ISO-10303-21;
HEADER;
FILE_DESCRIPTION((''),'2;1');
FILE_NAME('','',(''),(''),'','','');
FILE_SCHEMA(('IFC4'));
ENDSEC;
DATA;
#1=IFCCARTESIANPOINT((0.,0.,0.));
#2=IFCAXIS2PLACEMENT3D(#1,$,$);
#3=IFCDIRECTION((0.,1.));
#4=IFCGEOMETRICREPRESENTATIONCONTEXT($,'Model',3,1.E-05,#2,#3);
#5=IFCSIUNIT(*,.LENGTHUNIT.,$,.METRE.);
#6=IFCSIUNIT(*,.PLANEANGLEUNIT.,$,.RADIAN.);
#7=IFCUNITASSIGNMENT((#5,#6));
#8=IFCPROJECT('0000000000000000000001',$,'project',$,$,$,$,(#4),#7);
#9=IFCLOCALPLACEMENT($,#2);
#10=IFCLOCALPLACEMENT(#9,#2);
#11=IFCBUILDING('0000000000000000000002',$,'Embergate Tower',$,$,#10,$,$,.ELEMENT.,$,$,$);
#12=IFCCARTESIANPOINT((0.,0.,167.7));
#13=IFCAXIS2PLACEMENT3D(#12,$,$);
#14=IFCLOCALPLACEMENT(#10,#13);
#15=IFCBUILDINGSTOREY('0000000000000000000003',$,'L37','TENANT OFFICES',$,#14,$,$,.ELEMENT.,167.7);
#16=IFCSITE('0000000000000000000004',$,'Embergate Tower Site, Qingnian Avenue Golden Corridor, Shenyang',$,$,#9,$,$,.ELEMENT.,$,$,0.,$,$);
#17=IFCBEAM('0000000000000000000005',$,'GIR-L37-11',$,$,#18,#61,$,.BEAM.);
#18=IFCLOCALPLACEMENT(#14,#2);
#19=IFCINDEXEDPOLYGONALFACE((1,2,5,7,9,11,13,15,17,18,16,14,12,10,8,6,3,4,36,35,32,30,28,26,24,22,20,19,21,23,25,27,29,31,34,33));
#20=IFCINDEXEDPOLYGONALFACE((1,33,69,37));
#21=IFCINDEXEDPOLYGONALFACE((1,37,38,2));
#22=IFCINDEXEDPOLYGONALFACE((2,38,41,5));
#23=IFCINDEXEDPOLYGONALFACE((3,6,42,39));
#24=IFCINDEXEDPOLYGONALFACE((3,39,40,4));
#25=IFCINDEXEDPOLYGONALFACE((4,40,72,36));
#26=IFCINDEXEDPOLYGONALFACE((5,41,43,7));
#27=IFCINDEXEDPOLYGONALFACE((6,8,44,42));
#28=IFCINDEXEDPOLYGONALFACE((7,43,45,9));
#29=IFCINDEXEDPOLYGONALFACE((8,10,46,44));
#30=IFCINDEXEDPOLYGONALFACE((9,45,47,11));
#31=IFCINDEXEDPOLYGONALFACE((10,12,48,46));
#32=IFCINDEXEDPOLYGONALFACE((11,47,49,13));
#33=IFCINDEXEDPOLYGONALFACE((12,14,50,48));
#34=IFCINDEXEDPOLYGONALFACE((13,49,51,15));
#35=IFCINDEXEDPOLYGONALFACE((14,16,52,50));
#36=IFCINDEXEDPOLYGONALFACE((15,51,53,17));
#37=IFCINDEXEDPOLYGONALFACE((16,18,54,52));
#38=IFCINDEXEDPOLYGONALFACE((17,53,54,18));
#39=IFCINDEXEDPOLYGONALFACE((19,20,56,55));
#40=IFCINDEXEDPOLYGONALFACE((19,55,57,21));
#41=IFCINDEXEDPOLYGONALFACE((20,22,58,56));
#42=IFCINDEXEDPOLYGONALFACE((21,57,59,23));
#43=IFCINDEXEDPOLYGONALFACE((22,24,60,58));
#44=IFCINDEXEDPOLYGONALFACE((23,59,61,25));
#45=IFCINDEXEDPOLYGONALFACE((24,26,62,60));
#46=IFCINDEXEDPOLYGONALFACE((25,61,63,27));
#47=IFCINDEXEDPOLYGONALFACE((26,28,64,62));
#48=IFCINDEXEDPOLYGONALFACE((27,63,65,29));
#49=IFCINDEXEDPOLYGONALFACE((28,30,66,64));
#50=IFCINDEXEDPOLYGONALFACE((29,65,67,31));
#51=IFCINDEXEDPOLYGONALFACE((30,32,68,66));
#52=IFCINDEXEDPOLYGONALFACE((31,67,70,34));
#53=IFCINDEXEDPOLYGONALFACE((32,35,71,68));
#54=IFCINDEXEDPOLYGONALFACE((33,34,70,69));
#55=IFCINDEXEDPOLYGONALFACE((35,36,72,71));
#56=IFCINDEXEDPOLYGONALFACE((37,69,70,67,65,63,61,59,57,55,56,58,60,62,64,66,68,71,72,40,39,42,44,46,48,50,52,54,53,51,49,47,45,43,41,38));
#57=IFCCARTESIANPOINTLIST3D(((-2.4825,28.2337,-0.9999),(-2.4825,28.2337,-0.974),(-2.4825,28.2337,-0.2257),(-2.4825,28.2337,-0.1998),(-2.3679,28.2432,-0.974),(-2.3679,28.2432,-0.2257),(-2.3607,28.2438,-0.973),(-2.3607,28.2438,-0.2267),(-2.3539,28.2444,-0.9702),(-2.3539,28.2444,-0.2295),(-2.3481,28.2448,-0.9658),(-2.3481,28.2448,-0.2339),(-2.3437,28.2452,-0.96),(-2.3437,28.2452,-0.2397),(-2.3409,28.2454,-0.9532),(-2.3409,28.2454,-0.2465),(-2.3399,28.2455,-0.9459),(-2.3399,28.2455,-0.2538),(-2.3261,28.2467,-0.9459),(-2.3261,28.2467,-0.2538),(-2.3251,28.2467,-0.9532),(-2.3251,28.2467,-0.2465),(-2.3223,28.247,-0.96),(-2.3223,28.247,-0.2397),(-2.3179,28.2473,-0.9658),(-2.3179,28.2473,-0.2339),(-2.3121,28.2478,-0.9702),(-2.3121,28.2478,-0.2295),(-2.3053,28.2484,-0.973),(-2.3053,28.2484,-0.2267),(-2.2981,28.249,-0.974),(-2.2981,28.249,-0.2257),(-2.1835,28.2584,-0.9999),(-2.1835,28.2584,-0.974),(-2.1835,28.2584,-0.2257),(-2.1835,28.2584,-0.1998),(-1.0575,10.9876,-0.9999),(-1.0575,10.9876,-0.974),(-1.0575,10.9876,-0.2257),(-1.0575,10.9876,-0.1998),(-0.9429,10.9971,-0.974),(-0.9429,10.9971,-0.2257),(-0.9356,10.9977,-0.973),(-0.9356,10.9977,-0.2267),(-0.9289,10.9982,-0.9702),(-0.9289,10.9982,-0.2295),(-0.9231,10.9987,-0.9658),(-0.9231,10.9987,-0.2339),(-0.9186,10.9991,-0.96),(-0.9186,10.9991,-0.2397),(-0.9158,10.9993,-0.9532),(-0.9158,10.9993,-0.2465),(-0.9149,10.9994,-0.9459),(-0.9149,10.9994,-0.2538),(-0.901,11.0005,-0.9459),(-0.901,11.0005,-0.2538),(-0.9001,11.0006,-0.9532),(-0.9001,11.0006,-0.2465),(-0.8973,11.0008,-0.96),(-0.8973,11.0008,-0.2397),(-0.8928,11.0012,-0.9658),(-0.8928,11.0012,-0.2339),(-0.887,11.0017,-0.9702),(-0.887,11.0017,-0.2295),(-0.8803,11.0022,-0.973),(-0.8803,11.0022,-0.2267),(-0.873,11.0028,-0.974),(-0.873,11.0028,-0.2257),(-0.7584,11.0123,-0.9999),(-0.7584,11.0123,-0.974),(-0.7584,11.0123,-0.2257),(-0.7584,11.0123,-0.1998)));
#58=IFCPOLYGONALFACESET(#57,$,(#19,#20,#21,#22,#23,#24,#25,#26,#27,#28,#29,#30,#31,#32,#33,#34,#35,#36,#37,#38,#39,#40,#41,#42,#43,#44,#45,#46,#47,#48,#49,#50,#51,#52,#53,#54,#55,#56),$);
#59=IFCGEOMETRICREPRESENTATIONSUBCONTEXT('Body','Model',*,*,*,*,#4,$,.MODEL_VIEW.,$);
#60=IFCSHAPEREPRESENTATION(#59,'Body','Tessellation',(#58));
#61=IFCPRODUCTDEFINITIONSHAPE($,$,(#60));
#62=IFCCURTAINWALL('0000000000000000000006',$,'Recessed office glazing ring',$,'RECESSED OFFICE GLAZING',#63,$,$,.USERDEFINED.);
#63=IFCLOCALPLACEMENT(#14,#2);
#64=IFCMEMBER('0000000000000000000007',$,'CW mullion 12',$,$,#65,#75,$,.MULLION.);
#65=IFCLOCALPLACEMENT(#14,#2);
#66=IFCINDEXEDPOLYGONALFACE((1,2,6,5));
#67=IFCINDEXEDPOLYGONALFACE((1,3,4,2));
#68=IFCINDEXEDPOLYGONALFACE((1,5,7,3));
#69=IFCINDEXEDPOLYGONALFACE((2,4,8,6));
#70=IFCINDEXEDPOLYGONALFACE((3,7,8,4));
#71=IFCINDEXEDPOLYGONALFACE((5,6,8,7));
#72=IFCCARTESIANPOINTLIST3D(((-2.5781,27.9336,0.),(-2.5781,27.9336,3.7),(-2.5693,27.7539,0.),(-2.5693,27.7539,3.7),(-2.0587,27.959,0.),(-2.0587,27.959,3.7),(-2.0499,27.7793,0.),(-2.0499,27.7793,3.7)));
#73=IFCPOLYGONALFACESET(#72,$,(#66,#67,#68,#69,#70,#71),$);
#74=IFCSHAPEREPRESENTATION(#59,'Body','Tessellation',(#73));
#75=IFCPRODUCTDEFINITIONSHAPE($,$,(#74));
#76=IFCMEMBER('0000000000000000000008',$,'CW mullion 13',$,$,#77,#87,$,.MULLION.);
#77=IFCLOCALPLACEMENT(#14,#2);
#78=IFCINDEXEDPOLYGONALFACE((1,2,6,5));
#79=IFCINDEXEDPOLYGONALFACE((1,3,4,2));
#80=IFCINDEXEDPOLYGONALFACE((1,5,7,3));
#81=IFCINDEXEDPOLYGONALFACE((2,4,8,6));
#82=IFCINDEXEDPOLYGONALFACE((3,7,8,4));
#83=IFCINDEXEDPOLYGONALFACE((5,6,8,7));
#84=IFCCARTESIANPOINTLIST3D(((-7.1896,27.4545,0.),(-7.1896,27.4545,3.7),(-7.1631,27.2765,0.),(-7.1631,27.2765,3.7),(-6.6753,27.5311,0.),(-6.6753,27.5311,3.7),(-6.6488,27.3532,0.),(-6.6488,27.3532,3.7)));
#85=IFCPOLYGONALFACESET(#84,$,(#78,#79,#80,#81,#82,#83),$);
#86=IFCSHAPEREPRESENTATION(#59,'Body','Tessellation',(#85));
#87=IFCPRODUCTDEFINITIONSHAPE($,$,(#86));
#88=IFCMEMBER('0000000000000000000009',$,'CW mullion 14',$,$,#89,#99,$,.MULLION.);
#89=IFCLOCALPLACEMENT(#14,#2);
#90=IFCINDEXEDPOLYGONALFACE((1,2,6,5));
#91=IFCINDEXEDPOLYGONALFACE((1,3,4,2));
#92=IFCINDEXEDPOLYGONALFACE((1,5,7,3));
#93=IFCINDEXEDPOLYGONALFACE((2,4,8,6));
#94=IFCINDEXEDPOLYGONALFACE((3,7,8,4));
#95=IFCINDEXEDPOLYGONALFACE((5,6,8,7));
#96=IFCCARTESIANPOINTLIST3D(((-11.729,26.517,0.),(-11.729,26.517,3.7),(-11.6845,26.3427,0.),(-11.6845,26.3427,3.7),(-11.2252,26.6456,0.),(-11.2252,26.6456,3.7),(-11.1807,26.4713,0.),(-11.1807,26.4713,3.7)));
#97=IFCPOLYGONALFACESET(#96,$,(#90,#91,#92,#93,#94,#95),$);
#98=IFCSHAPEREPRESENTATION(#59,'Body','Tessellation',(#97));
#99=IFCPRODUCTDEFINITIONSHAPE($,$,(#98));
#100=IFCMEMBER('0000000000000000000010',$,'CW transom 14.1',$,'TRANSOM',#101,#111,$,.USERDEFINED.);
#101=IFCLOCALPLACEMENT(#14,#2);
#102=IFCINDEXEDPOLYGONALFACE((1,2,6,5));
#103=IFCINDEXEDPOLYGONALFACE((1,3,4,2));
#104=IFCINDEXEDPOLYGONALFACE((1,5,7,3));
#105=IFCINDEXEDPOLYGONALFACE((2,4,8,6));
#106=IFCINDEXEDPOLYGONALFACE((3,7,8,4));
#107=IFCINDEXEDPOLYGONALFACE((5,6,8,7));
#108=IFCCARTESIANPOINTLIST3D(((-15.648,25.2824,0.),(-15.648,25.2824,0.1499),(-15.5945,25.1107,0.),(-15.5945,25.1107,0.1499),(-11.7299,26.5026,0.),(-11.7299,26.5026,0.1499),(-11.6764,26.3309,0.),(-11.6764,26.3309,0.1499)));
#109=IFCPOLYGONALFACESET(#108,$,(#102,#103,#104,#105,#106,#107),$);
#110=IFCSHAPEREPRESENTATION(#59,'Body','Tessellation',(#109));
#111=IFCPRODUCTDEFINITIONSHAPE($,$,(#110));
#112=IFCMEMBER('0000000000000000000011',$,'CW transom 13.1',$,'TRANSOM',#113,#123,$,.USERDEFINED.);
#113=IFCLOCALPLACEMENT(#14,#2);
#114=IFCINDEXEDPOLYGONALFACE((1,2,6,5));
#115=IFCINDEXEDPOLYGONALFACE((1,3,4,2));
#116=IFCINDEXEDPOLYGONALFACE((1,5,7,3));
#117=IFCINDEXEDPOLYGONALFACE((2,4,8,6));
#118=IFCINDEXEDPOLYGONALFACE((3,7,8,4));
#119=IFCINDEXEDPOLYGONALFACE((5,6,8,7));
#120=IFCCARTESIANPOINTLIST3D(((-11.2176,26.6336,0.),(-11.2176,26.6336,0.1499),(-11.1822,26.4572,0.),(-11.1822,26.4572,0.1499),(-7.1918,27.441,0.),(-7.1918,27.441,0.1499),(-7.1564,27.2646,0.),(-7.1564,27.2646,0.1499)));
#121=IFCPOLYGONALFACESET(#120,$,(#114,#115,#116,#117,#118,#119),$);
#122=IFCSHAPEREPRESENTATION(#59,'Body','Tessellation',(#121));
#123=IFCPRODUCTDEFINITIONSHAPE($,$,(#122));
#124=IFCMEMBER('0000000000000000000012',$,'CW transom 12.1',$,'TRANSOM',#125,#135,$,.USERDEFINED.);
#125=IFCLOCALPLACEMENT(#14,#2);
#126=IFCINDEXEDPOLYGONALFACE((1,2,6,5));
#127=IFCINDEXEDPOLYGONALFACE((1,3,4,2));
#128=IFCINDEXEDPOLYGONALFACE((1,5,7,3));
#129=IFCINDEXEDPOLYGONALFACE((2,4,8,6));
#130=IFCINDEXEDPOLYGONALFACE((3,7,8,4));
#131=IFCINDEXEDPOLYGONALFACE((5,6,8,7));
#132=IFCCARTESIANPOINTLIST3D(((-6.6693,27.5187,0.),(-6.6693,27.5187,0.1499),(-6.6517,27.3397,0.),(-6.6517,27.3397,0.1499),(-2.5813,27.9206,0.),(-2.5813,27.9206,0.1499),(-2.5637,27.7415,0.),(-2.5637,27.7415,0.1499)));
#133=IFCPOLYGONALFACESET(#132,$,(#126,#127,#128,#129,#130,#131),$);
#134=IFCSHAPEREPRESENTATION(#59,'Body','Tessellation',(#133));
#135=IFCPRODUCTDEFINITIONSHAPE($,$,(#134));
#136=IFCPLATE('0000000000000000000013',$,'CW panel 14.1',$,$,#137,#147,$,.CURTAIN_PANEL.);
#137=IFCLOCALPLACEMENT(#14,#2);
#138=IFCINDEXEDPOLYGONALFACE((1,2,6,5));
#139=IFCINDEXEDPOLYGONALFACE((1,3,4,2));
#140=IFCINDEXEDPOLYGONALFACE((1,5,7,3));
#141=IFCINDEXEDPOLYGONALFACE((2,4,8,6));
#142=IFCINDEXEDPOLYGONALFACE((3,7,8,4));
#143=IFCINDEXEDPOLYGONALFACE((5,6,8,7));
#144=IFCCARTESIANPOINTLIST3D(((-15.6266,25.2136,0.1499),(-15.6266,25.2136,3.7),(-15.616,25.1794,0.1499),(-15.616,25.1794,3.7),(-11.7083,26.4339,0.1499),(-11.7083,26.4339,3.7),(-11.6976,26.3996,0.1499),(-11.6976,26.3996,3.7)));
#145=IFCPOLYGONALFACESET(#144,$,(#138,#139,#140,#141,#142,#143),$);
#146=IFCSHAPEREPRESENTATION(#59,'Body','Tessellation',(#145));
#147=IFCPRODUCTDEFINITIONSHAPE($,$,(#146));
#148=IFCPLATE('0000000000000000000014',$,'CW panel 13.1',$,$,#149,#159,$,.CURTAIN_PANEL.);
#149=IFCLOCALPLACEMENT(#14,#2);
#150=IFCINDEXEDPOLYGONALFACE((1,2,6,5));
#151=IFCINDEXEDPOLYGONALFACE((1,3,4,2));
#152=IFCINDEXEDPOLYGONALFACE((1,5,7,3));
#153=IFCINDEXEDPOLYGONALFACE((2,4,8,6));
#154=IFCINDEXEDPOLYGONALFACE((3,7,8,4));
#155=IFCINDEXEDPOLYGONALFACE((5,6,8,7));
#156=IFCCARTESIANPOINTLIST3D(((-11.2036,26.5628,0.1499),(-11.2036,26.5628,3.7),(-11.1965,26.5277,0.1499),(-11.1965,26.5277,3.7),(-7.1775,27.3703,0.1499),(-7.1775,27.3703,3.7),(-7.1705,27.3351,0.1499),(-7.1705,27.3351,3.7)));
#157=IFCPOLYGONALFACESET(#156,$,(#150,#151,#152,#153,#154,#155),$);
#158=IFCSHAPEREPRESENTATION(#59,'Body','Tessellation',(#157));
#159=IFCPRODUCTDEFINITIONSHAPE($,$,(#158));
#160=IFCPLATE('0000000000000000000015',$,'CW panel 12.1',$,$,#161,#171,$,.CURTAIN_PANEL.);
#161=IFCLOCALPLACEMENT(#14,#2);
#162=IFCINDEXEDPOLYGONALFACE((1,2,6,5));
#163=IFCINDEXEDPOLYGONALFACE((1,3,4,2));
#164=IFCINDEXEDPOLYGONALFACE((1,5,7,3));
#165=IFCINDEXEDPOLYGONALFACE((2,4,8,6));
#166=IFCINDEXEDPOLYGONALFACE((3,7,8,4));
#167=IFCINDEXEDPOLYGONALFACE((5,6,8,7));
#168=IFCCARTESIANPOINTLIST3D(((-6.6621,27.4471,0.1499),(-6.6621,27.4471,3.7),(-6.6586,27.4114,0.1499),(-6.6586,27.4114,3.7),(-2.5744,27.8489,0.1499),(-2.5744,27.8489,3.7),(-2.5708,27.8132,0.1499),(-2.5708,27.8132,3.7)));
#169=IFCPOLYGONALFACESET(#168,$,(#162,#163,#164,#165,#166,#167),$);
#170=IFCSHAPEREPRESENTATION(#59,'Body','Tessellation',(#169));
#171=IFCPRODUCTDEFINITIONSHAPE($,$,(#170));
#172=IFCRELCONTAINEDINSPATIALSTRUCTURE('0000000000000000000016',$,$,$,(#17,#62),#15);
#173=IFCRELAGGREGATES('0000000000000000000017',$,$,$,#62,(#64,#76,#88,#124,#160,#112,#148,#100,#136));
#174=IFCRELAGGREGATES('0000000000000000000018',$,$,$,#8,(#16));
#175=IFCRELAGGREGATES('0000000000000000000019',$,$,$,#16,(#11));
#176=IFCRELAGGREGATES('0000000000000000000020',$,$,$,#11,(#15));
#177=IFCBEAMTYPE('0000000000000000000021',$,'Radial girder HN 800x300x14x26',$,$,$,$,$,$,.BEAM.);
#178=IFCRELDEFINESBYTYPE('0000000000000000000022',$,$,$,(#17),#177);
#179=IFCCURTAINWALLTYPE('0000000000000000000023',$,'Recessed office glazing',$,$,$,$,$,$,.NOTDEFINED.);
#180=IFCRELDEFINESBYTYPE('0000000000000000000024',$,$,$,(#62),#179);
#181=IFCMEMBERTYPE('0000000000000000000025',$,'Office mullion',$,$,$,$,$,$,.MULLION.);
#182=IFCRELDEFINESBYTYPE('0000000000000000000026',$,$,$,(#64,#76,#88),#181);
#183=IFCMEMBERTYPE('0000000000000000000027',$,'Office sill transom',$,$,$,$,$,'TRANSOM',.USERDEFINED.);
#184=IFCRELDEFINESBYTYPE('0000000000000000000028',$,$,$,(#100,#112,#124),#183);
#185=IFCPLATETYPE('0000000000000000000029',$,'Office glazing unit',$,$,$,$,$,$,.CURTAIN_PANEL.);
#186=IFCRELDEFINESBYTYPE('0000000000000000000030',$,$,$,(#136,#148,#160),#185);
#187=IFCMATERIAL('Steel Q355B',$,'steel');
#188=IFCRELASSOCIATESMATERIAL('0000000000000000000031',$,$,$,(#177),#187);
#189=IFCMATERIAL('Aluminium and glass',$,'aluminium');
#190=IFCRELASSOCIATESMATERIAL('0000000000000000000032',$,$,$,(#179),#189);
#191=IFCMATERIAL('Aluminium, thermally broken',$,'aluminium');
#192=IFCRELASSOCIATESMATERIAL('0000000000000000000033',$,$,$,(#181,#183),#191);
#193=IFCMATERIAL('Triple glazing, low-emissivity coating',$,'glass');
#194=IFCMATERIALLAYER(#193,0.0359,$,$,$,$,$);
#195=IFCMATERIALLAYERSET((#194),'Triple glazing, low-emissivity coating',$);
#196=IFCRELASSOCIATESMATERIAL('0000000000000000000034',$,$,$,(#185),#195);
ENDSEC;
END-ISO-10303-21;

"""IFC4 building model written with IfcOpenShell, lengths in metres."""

from ifc_helpers import new_model, si_unit, direction, frame, origin, origin_2d, place, context, subcontext, project, spatial, rectangle, i_section, extrude, source, transform, mapped, material, layer, layer_set, material_profile, profile_set, type_object, element, aggregate, save


model = new_model("IFC4")

# Units and contexts
model_context = context("Model", 3, precision=1e-05, world=origin(), true_north=direction((0.0, 1.0)))
body_context = subcontext(model_context, "Body", "Model", "MODEL_VIEW")
ifc_project = project(units=[si_unit("LENGTHUNIT", "METRE"), si_unit("PLANEANGLEUNIT", "RADIAN")], contexts=[model_context])

# Site, building, storey
site_placement = place(None, origin())
site = spatial("IfcSite", under=ifc_project, at=site_placement, Name="Embergate Tower Site, Qingnian Avenue Golden Corridor, Shenyang", CompositionType="ELEMENT", RefElevation=0.0)
building_placement = place(site_placement, origin())
building = spatial("IfcBuilding", under=site, at=building_placement, Name="Embergate Tower", CompositionType="ELEMENT")
storey_placement = place(building_placement, frame((0.0, 0.0, 167.7)))
storey = spatial("IfcBuildingStorey", under=building, at=storey_placement, Name="L37", Description="TENANT OFFICES", CompositionType="ELEMENT", Elevation=167.7)

# Beam
ifc_material_1 = material(Name="Steel Q355B", Category="steel")
ifc_material_profile_1 = material_profile(ifc_material_1, i_section(OverallWidth=0.3, OverallDepth=0.8, WebThickness=0.0139, FlangeThickness=0.0259, FilletRadius=0.0281, at=origin_2d()), Name="HN 800x300x14x26")
ifc_profile_set_1 = profile_set([ifc_material_profile_1], Name="Steel Q355 grade B")
beam_type_1 = type_object("IfcBeamType", Name="Radial girder HN 800x300x14x26", PredefinedType="BEAM", material=ifc_profile_set_1)
shared_shape_1 = source(origin(), body_context, "Body", "SweptSolid", [
    extrude(i_section(OverallWidth=0.3, OverallDepth=0.8, WebThickness=0.0139, FlangeThickness=0.0259, FilletRadius=0.0281, at=origin_2d()), origin(), (0.0, 0.0, 1.0), 17.3049),
])
beam_1_placement = place(storey_placement, frame((-2.333, 28.2461, -0.5999), z_axis=(0.08235, -0.996604, 0.0), x_axis=(0.996604, 0.08235, 0.0)))
element("IfcBeam", 1, at=beam_1_placement, inside=storey, type_object=beam_type_1, Name="GIR-L37-11", PredefinedType="BEAM", context=body_context, shape_type="MappedRepresentation", body=[
    mapped(shared_shape_1, transform((0.0, 0.0, 0.0))),
])

# Curtain wall, members, plates
ifc_material_2 = material(Name="Aluminium and glass", Category="aluminium")
curtain_wall_type = type_object("IfcCurtainWallType", Name="Recessed office glazing", PredefinedType="NOTDEFINED", material=ifc_material_2)
curtain_wall_placement = place(storey_placement, origin())
curtain_wall = element("IfcCurtainWall", 2, at=curtain_wall_placement, inside=storey, type_object=curtain_wall_type, Name="Recessed office glazing ring", ObjectType="RECESSED OFFICE GLAZING", PredefinedType="USERDEFINED")
ifc_material_3 = material(Name="Aluminium, thermally broken", Category="aluminium")
ifc_material_profile_2 = material_profile(ifc_material_3, rectangle(XDim=0.1799, YDim=0.52, at=origin_2d()), Name="AL 520x180")
ifc_profile_set_2 = profile_set([ifc_material_profile_2], Name="Aluminium, thermally broken")
member_type_1 = type_object("IfcMemberType", Name="Office mullion", PredefinedType="MULLION", material=ifc_profile_set_2)
shared_shape_2 = source(origin(), body_context, "Body", "SweptSolid", [
    extrude(rectangle(XDim=0.1799, YDim=0.52, at=origin_2d()), origin(), (0.0, 0.0, 1.0), 3.7),
])
member_1_placement = place(storey_placement, frame((-2.314, 27.8564, 0.0), z_axis=(0.0, 0.0, 1.0), x_axis=(0.048972, -0.9988, 0.0)))
member_1 = element("IfcMember", 3, at=member_1_placement, type_object=member_type_1, Name="CW mullion 12", PredefinedType="MULLION", context=body_context, shape_type="MappedRepresentation", body=[
    mapped(shared_shape_2, transform((0.0, 0.0, 0.0))),
])
member_2_placement = place(storey_placement, frame((-6.9192, 27.4038, 0.0), z_axis=(0.0, 0.0, 1.0), x_axis=(0.147412, -0.989075, 0.0)))
member_2 = element("IfcMember", 4, at=member_2_placement, type_object=member_type_1, Name="CW mullion 13", PredefinedType="MULLION", context=body_context, shape_type="MappedRepresentation", body=[
    mapped(shared_shape_2, transform((0.0, 0.0, 0.0))),
])
member_3_placement = place(storey_placement, frame((-11.4548, 26.4941, 0.0), z_axis=(0.0, 0.0, 1.0), x_axis=(0.247312, -0.968936, 0.0)))
member_3 = element("IfcMember", 5, at=member_3_placement, type_object=member_type_1, Name="CW mullion 14", PredefinedType="MULLION", context=body_context, shape_type="MappedRepresentation", body=[
    mapped(shared_shape_2, transform((0.0, 0.0, 0.0))),
])
ifc_material_profile_3 = material_profile(ifc_material_3, rectangle(XDim=0.1799, YDim=0.1499, at=origin_2d()), Name="AL 150x180")
ifc_profile_set_3 = profile_set([ifc_material_profile_3], Name="Aluminium, thermally broken")
member_type_2 = type_object("IfcMemberType", Name="Office sill transom", ElementType="TRANSOM", PredefinedType="USERDEFINED", material=ifc_profile_set_3)
shared_shape_3 = source(origin(), body_context, "Body", "SweptSolid", [
    extrude(rectangle(XDim=0.1799, YDim=0.1499, at=origin_2d()), origin(), (0.0, 0.0, 1.0), 4.1038),
])
member_4_placement = place(storey_placement, frame((-11.7031, 26.4167, 0.075), z_axis=(-0.954773, -0.297337, 0.0), x_axis=(0.297337, -0.954773, 0.0)))
member_4 = element("IfcMember", 6, at=member_4_placement, type_object=member_type_2, Name="CW transom 14.1", ObjectType="TRANSOM", PredefinedType="USERDEFINED", context=body_context, shape_type="MappedRepresentation", body=[
    mapped(shared_shape_3, transform((0.0, 0.0, 0.0))),
])
shared_shape_4 = source(origin(), body_context, "Body", "SweptSolid", [
    extrude(rectangle(XDim=0.1799, YDim=0.1499, at=origin_2d()), origin(), (0.0, 0.0, 1.0), 4.106),
])
member_5_placement = place(storey_placement, frame((-7.1741, 27.3528, 0.075), z_axis=(-0.980478, -0.196631, 0.0), x_axis=(0.196631, -0.980478, 0.0)))
member_5 = element("IfcMember", 7, at=member_5_placement, type_object=member_type_2, Name="CW transom 13.1", ObjectType="TRANSOM", PredefinedType="USERDEFINED", context=body_context, shape_type="MappedRepresentation", body=[
    mapped(shared_shape_4, transform((0.0, 0.0, 0.0))),
])
shared_shape_5 = source(origin(), body_context, "Body", "SweptSolid", [
    extrude(rectangle(XDim=0.1799, YDim=0.1499, at=origin_2d()), origin(), (0.0, 0.0, 1.0), 4.1077),
])
member_6_placement = place(storey_placement, frame((-2.5725, 27.8311, 0.075), z_axis=(-0.995203, -0.097832, 0.0), x_axis=(0.097832, -0.995203, 0.0)))
member_6 = element("IfcMember", 8, at=member_6_placement, type_object=member_type_2, Name="CW transom 12.1", ObjectType="TRANSOM", PredefinedType="USERDEFINED", context=body_context, shape_type="MappedRepresentation", body=[
    mapped(shared_shape_5, transform((0.0, 0.0, 0.0))),
])
ifc_material_4 = material(Name="Triple glazing, low-emissivity coating", Category="glass")
ifc_layer_1 = layer(ifc_material_4, 0.0359)
ifc_layer_set_1 = layer_set([ifc_layer_1], Name="Triple glazing, low-emissivity coating")
plate_type = type_object("IfcPlateType", Name="Office glazing unit", PredefinedType="CURTAIN_PANEL", material=ifc_layer_set_1)
shared_shape_6 = source(origin(), body_context, "Body", "SweptSolid", [
    extrude(rectangle(XDim=4.104, YDim=0.0359, at=origin_2d()), origin(), (0.0, 0.0, 1.0), 3.55),
])
plate_1_placement = place(storey_placement, frame((-13.6621, 25.8066, 0.1499), z_axis=(0.0, 0.0, 1.0), x_axis=(-0.954772, -0.297338, 0.0)))
plate_1 = element("IfcPlate", 9, at=plate_1_placement, type_object=plate_type, Name="CW panel 14.1", PredefinedType="CURTAIN_PANEL", context=body_context, shape_type="MappedRepresentation", body=[
    mapped(shared_shape_6, transform((0.0, 0.0, 0.0))),
])
shared_shape_7 = source(origin(), body_context, "Body", "SweptSolid", [
    extrude(rectangle(XDim=4.1062, YDim=0.0359, at=origin_2d()), origin(), (0.0, 0.0, 1.0), 3.55),
])
plate_2_placement = place(storey_placement, frame((-9.187, 26.949, 0.1499), z_axis=(0.0, 0.0, 1.0), x_axis=(-0.980476, -0.196639, 0.0)))
plate_2 = element("IfcPlate", 10, at=plate_2_placement, type_object=plate_type, Name="CW panel 13.1", PredefinedType="CURTAIN_PANEL", context=body_context, shape_type="MappedRepresentation", body=[
    mapped(shared_shape_7, transform((0.0, 0.0, 0.0))),
])
shared_shape_8 = source(origin(), body_context, "Body", "SweptSolid", [
    extrude(rectangle(XDim=4.1074, YDim=0.0359, at=origin_2d()), origin(), (0.0, 0.0, 1.0), 3.55),
])
plate_3_placement = place(storey_placement, frame((-4.6165, 27.6301, 0.1499), z_axis=(0.0, 0.0, 1.0), x_axis=(-0.995203, -0.09783, 0.0)))
plate_3 = element("IfcPlate", 11, at=plate_3_placement, type_object=plate_type, Name="CW panel 12.1", PredefinedType="CURTAIN_PANEL", context=body_context, shape_type="MappedRepresentation", body=[
    mapped(shared_shape_8, transform((0.0, 0.0, 0.0))),
])
aggregate(curtain_wall, [member_1, member_2, member_3, member_6, plate_3, member_5, plate_2, member_4, plate_1])

save(model, "model.ifc")
